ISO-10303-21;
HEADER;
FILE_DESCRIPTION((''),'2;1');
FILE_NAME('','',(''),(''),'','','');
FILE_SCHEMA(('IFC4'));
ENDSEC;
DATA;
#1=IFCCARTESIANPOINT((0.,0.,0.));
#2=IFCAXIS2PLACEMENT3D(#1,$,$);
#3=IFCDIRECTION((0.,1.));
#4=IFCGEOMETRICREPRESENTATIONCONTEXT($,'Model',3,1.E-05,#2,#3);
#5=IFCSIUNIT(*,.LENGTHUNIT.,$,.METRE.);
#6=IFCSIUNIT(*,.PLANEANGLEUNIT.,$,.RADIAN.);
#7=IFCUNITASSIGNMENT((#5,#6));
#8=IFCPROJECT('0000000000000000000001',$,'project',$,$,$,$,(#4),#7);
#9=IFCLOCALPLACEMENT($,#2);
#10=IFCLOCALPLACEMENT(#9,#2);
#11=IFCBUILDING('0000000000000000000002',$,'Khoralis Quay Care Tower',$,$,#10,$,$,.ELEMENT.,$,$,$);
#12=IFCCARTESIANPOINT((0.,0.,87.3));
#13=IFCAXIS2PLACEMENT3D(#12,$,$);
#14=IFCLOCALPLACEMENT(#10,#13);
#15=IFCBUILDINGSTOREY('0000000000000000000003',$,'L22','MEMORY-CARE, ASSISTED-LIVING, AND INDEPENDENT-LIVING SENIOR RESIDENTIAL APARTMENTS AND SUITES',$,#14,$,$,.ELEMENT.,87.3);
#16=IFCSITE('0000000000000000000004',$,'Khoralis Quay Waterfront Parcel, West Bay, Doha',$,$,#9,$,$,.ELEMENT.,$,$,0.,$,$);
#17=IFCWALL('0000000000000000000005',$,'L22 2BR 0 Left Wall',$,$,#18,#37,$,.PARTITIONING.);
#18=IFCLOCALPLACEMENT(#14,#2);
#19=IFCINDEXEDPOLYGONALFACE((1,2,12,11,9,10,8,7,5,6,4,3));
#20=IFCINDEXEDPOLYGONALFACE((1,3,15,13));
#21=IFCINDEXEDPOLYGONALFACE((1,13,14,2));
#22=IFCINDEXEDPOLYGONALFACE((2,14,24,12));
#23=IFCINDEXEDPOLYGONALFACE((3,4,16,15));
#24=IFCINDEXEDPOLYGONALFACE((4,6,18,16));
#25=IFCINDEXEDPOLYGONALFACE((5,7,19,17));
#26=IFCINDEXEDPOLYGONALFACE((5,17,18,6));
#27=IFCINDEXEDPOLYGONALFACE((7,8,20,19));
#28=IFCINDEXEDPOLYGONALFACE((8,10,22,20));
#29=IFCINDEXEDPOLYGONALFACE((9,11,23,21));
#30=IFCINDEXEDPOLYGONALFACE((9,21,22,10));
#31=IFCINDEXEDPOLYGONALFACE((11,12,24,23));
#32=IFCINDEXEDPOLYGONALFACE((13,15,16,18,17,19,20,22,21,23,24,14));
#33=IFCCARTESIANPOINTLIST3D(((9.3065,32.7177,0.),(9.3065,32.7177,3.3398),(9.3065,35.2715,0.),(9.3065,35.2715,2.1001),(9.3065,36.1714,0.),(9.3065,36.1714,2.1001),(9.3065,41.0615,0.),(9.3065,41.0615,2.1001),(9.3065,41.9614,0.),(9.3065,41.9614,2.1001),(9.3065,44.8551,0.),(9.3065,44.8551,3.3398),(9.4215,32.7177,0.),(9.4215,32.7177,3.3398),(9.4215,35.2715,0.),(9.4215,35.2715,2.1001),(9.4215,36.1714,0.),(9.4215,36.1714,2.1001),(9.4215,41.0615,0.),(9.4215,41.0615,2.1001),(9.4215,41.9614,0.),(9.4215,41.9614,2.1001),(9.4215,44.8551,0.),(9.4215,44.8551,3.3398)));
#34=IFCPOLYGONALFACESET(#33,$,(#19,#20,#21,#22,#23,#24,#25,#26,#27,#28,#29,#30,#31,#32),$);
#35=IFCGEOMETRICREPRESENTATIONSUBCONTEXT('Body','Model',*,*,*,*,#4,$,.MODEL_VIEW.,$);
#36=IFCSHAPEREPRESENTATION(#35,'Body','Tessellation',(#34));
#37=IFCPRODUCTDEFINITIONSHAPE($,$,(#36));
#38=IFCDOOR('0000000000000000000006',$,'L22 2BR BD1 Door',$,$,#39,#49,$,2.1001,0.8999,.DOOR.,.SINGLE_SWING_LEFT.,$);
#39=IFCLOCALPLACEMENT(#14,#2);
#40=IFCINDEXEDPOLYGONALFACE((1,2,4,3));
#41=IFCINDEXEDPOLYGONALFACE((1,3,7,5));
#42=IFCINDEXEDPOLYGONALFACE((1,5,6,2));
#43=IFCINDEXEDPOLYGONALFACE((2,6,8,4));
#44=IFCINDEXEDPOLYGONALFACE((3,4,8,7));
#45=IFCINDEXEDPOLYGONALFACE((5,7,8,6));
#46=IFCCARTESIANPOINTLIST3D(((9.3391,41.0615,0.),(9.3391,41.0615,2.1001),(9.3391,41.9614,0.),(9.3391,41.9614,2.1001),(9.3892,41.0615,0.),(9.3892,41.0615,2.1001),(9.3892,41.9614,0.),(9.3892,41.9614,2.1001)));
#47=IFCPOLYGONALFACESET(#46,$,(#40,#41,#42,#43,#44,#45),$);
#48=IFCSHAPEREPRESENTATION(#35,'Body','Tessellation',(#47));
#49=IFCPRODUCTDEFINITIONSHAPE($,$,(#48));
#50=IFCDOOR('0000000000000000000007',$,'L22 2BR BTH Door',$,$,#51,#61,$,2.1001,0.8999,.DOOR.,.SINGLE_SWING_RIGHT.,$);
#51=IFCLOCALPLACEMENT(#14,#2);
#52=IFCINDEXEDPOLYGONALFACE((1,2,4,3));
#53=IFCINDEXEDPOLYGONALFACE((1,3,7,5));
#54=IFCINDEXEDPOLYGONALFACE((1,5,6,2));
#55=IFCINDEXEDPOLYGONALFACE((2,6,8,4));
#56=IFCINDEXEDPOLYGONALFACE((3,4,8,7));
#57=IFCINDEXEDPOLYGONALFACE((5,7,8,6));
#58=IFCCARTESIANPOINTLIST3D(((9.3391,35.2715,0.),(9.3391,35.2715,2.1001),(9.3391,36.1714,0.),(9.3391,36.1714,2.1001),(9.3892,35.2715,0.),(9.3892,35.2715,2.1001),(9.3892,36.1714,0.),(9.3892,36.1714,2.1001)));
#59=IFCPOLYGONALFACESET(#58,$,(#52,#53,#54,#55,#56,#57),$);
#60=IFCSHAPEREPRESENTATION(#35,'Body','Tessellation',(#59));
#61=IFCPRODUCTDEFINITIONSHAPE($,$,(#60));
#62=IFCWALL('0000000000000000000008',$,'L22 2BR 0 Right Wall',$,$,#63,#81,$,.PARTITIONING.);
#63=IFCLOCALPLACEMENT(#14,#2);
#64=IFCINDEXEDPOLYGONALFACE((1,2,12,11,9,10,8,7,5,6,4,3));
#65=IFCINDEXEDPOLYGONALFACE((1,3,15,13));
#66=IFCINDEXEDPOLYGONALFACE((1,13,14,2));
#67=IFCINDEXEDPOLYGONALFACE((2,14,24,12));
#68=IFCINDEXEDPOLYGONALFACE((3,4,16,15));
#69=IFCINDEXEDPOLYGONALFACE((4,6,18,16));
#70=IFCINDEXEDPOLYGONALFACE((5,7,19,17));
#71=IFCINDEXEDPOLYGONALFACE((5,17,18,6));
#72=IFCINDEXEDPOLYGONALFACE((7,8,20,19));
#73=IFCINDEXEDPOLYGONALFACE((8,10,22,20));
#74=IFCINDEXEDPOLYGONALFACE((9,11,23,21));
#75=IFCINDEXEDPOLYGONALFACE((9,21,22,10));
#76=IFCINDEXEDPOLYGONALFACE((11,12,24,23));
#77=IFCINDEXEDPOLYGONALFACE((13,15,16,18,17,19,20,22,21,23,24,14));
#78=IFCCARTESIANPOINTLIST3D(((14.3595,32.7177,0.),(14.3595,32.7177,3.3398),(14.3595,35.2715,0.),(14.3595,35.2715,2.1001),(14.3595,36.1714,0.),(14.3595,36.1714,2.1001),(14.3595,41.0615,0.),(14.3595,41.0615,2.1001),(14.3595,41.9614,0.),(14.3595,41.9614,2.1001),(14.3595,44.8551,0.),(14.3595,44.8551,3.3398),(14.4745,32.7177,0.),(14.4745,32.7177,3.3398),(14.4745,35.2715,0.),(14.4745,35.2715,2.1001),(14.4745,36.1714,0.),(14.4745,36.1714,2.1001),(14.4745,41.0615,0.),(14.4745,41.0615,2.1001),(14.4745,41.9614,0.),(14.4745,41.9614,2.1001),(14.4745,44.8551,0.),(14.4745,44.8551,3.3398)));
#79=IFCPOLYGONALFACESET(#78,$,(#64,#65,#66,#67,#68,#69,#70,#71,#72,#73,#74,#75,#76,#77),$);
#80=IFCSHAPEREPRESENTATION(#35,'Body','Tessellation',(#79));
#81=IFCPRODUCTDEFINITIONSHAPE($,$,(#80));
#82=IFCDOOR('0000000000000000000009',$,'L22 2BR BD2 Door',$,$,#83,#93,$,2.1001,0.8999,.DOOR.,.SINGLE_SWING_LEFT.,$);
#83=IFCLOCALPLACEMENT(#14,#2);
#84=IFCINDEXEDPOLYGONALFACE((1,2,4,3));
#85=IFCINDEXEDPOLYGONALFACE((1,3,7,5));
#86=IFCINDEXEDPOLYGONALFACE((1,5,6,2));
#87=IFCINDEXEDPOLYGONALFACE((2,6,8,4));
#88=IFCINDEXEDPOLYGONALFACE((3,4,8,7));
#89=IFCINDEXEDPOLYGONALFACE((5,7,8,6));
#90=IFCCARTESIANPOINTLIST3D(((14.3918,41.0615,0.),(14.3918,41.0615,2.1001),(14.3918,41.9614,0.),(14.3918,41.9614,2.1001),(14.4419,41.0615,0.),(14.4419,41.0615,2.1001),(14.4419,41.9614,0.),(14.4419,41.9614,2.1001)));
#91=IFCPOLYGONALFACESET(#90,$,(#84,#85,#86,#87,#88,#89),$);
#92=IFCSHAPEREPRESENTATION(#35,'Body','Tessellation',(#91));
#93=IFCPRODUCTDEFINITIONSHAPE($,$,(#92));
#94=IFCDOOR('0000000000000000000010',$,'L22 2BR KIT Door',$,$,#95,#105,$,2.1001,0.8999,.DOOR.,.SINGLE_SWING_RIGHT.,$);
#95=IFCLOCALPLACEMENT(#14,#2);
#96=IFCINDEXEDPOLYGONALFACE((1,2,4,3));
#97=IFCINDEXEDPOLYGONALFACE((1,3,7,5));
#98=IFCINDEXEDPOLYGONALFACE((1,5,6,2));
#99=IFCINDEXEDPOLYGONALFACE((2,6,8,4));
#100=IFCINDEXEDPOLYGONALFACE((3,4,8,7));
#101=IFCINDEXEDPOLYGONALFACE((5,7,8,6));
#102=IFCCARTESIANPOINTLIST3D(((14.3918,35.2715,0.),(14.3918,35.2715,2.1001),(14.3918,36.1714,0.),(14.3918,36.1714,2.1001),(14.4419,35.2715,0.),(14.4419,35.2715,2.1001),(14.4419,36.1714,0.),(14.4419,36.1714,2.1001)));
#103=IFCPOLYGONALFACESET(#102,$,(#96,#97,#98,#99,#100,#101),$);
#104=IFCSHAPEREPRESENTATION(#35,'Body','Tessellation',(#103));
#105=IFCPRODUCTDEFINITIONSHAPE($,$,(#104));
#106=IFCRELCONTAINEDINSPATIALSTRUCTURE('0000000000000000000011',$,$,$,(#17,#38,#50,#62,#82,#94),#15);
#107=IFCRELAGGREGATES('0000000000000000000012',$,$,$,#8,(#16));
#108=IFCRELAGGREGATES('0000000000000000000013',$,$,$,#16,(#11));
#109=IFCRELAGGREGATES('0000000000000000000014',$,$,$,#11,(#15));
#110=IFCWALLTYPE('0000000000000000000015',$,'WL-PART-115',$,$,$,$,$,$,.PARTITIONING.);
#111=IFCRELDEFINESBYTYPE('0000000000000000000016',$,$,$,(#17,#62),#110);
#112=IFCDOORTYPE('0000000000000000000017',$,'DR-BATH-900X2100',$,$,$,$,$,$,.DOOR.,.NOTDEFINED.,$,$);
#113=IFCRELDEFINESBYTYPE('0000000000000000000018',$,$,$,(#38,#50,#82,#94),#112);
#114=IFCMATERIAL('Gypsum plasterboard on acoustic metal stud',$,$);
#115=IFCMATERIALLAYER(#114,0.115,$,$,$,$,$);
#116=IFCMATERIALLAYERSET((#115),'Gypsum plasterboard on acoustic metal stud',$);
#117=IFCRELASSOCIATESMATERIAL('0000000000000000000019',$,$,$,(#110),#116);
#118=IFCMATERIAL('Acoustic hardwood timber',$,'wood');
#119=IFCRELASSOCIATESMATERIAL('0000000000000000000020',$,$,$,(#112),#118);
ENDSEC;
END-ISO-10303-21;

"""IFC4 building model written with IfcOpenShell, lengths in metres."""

from ifc_helpers import new_model, si_unit, direction, frame, frame_2d, origin, place, context, subcontext, project, spatial, rectangle, extrude, source, transform, mapped, material, layer, layer_set, type_object, element, fill, save


model = new_model("IFC4")

# Units and contexts
model_context = context("Model", 3, precision=1e-05, world=origin(), true_north=direction((0.0, 1.0)))
body_context = subcontext(model_context, "Body", "Model", "MODEL_VIEW")
ifc_project = project(units=[si_unit("LENGTHUNIT", "METRE"), si_unit("PLANEANGLEUNIT", "RADIAN")], contexts=[model_context])

# Site, building, storey
site_placement = place(None, origin())
site = spatial("IfcSite", under=ifc_project, at=site_placement, Name="Khoralis Quay Waterfront Parcel, West Bay, Doha", CompositionType="ELEMENT", RefElevation=0.0)
building_placement = place(site_placement, origin())
building = spatial("IfcBuilding", under=site, at=building_placement, Name="Khoralis Quay Care Tower", CompositionType="ELEMENT")
storey_placement = place(building_placement, frame((0.0, 0.0, 87.3)))
storey = spatial("IfcBuildingStorey", under=building, at=storey_placement, Name="L22", Description="MEMORY-CARE, ASSISTED-LIVING, AND INDEPENDENT-LIVING SENIOR RESIDENTIAL APARTMENTS AND SUITES", CompositionType="ELEMENT", Elevation=87.3)

# Shared definitions
ifc_material_1 = material(Name="Gypsum plasterboard on acoustic metal stud")

# Walls, openings, doors
ifc_material_2 = material(Name="Acoustic hardwood timber", Category="wood")
ifc_layer_1 = layer(ifc_material_1, 0.115)
ifc_layer_set_1 = layer_set([ifc_layer_1], Name="Gypsum plasterboard on acoustic metal stud")
wall_type_1 = type_object("IfcWallType", Name="WL-PART-115", PredefinedType="PARTITIONING", material=ifc_layer_set_1)
wall_1_placement = place(storey_placement, frame((9.364, 32.7175, 0.0), z_axis=(0.0, 0.0, 1.0), x_axis=(0.0, 1.0, 0.0)))
wall_1 = element("IfcWall", 1, at=wall_1_placement, inside=storey, type_object=wall_type_1, Name="L22 2BR 0 Left Wall", PredefinedType="PARTITIONING", context=body_context, shape_type="SweptSolid", body=[
    extrude(rectangle(XDim=12.1375, YDim=0.115, at=frame_2d((6.0688, 0.0))), origin(), (0.0, 0.0, 1.0), 3.3398),
])
opening_1_placement = place(wall_1_placement, frame((8.344, 0.0, 0.0)))
opening_1 = element("IfcOpeningElement", 2, at=opening_1_placement, cuts=wall_1, PredefinedType="OPENING", context=body_context, shape_type="SweptSolid", body=[
    extrude(rectangle(XDim=0.8999, YDim=2.1001, at=frame_2d((0.45, 1.05))), frame((0.0, 0.0674, 0.0), z_axis=(0.0, -1.0, 0.0), x_axis=(1.0, 0.0, 0.0)), (0.0, 0.0, 1.0), 0.135),
])
opening_2_placement = place(wall_1_placement, frame((2.554, 0.0, 0.0)))
opening_2 = element("IfcOpeningElement", 3, at=opening_2_placement, cuts=wall_1, PredefinedType="OPENING", context=body_context, shape_type="SweptSolid", body=[
    extrude(rectangle(XDim=0.8999, YDim=2.1001, at=frame_2d((0.45, 1.05))), frame((0.0, 0.0674, 0.0), z_axis=(0.0, -1.0, 0.0), x_axis=(1.0, 0.0, 0.0)), (0.0, 0.0, 1.0), 0.135),
])
door_type_1 = type_object("IfcDoorType", Name="DR-BATH-900X2100", OperationType="NOTDEFINED", PredefinedType="DOOR", material=ifc_material_2)
shared_shape_1 = source(origin(), body_context, "Body", "SweptSolid", [
    extrude(rectangle(XDim=0.8999, YDim=2.1001, at=frame_2d((0.45, 1.05))), frame((0.0, 0.0249, 0.0), z_axis=(0.0, -1.0, 0.0), x_axis=(1.0, 0.0, 0.0)), (0.0, 0.0, 1.0), 0.05),
])
door_1_placement = place(opening_1_placement, origin())
door_1 = element("IfcDoor", 4, at=door_1_placement, inside=storey, type_object=door_type_1, Name="L22 2BR BD1 Door", OperationType="SINGLE_SWING_LEFT", OverallHeight=2.1001, OverallWidth=0.8999, PredefinedType="DOOR", context=body_context, shape_type="MappedRepresentation", body=[
    mapped(shared_shape_1, transform((0.0, 0.0, 0.0), scale=1.0)),
])
fill(opening_1, door_1)
door_2_placement = place(opening_2_placement, origin())
door_2 = element("IfcDoor", 5, at=door_2_placement, inside=storey, type_object=door_type_1, Name="L22 2BR BTH Door", OperationType="SINGLE_SWING_RIGHT", OverallHeight=2.1001, OverallWidth=0.8999, PredefinedType="DOOR", context=body_context, shape_type="MappedRepresentation", body=[
    mapped(shared_shape_1, transform((0.0, 0.0, 0.0), scale=1.0)),
])
fill(opening_2, door_2)
wall_2_placement = place(storey_placement, frame((14.417, 32.7175, 0.0), z_axis=(0.0, 0.0, 1.0), x_axis=(0.0, 1.0, 0.0)))
wall_2 = element("IfcWall", 6, at=wall_2_placement, inside=storey, type_object=wall_type_1, Name="L22 2BR 0 Right Wall", PredefinedType="PARTITIONING", context=body_context, shape_type="SweptSolid", body=[
    extrude(rectangle(XDim=12.1375, YDim=0.115, at=frame_2d((6.0688, 0.0))), origin(), (0.0, 0.0, 1.0), 3.3398),
])
opening_3_placement = place(wall_2_placement, frame((8.344, 0.0, 0.0)))
opening_3 = element("IfcOpeningElement", 7, at=opening_3_placement, cuts=wall_2, PredefinedType="OPENING", context=body_context, shape_type="SweptSolid", body=[
    extrude(rectangle(XDim=0.8999, YDim=2.1001, at=frame_2d((0.45, 1.05))), frame((0.0, 0.0674, 0.0), z_axis=(0.0, -1.0, 0.0), x_axis=(1.0, 0.0, 0.0)), (0.0, 0.0, 1.0), 0.135),
])
opening_4_placement = place(wall_2_placement, frame((2.554, 0.0, 0.0)))
opening_4 = element("IfcOpeningElement", 8, at=opening_4_placement, cuts=wall_2, PredefinedType="OPENING", context=body_context, shape_type="SweptSolid", body=[
    extrude(rectangle(XDim=0.8999, YDim=2.1001, at=frame_2d((0.45, 1.05))), frame((0.0, 0.0674, 0.0), z_axis=(0.0, -1.0, 0.0), x_axis=(1.0, 0.0, 0.0)), (0.0, 0.0, 1.0), 0.135),
])
door_3_placement = place(opening_3_placement, frame((0.8999, 0.0, 0.0), z_axis=(0.0, 0.0, 1.0), x_axis=(-1.0, 0.0, 0.0)))
door_3 = element("IfcDoor", 9, at=door_3_placement, inside=storey, type_object=door_type_1, Name="L22 2BR BD2 Door", OperationType="SINGLE_SWING_LEFT", OverallHeight=2.1001, OverallWidth=0.8999, PredefinedType="DOOR", context=body_context, shape_type="MappedRepresentation", body=[
    mapped(shared_shape_1, transform((0.0, 0.0, 0.0), scale=1.0)),
])
fill(opening_3, door_3)
door_4_placement = place(opening_4_placement, frame((0.8999, 0.0, 0.0), z_axis=(0.0, 0.0, 1.0), x_axis=(-1.0, 0.0, 0.0)))
door_4 = element("IfcDoor", 10, at=door_4_placement, inside=storey, type_object=door_type_1, Name="L22 2BR KIT Door", OperationType="SINGLE_SWING_RIGHT", OverallHeight=2.1001, OverallWidth=0.8999, PredefinedType="DOOR", context=body_context, shape_type="MappedRepresentation", body=[
    mapped(shared_shape_1, transform((0.0, 0.0, 0.0), scale=1.0)),
])
fill(opening_4, door_4)

save(model, "model.ifc")
